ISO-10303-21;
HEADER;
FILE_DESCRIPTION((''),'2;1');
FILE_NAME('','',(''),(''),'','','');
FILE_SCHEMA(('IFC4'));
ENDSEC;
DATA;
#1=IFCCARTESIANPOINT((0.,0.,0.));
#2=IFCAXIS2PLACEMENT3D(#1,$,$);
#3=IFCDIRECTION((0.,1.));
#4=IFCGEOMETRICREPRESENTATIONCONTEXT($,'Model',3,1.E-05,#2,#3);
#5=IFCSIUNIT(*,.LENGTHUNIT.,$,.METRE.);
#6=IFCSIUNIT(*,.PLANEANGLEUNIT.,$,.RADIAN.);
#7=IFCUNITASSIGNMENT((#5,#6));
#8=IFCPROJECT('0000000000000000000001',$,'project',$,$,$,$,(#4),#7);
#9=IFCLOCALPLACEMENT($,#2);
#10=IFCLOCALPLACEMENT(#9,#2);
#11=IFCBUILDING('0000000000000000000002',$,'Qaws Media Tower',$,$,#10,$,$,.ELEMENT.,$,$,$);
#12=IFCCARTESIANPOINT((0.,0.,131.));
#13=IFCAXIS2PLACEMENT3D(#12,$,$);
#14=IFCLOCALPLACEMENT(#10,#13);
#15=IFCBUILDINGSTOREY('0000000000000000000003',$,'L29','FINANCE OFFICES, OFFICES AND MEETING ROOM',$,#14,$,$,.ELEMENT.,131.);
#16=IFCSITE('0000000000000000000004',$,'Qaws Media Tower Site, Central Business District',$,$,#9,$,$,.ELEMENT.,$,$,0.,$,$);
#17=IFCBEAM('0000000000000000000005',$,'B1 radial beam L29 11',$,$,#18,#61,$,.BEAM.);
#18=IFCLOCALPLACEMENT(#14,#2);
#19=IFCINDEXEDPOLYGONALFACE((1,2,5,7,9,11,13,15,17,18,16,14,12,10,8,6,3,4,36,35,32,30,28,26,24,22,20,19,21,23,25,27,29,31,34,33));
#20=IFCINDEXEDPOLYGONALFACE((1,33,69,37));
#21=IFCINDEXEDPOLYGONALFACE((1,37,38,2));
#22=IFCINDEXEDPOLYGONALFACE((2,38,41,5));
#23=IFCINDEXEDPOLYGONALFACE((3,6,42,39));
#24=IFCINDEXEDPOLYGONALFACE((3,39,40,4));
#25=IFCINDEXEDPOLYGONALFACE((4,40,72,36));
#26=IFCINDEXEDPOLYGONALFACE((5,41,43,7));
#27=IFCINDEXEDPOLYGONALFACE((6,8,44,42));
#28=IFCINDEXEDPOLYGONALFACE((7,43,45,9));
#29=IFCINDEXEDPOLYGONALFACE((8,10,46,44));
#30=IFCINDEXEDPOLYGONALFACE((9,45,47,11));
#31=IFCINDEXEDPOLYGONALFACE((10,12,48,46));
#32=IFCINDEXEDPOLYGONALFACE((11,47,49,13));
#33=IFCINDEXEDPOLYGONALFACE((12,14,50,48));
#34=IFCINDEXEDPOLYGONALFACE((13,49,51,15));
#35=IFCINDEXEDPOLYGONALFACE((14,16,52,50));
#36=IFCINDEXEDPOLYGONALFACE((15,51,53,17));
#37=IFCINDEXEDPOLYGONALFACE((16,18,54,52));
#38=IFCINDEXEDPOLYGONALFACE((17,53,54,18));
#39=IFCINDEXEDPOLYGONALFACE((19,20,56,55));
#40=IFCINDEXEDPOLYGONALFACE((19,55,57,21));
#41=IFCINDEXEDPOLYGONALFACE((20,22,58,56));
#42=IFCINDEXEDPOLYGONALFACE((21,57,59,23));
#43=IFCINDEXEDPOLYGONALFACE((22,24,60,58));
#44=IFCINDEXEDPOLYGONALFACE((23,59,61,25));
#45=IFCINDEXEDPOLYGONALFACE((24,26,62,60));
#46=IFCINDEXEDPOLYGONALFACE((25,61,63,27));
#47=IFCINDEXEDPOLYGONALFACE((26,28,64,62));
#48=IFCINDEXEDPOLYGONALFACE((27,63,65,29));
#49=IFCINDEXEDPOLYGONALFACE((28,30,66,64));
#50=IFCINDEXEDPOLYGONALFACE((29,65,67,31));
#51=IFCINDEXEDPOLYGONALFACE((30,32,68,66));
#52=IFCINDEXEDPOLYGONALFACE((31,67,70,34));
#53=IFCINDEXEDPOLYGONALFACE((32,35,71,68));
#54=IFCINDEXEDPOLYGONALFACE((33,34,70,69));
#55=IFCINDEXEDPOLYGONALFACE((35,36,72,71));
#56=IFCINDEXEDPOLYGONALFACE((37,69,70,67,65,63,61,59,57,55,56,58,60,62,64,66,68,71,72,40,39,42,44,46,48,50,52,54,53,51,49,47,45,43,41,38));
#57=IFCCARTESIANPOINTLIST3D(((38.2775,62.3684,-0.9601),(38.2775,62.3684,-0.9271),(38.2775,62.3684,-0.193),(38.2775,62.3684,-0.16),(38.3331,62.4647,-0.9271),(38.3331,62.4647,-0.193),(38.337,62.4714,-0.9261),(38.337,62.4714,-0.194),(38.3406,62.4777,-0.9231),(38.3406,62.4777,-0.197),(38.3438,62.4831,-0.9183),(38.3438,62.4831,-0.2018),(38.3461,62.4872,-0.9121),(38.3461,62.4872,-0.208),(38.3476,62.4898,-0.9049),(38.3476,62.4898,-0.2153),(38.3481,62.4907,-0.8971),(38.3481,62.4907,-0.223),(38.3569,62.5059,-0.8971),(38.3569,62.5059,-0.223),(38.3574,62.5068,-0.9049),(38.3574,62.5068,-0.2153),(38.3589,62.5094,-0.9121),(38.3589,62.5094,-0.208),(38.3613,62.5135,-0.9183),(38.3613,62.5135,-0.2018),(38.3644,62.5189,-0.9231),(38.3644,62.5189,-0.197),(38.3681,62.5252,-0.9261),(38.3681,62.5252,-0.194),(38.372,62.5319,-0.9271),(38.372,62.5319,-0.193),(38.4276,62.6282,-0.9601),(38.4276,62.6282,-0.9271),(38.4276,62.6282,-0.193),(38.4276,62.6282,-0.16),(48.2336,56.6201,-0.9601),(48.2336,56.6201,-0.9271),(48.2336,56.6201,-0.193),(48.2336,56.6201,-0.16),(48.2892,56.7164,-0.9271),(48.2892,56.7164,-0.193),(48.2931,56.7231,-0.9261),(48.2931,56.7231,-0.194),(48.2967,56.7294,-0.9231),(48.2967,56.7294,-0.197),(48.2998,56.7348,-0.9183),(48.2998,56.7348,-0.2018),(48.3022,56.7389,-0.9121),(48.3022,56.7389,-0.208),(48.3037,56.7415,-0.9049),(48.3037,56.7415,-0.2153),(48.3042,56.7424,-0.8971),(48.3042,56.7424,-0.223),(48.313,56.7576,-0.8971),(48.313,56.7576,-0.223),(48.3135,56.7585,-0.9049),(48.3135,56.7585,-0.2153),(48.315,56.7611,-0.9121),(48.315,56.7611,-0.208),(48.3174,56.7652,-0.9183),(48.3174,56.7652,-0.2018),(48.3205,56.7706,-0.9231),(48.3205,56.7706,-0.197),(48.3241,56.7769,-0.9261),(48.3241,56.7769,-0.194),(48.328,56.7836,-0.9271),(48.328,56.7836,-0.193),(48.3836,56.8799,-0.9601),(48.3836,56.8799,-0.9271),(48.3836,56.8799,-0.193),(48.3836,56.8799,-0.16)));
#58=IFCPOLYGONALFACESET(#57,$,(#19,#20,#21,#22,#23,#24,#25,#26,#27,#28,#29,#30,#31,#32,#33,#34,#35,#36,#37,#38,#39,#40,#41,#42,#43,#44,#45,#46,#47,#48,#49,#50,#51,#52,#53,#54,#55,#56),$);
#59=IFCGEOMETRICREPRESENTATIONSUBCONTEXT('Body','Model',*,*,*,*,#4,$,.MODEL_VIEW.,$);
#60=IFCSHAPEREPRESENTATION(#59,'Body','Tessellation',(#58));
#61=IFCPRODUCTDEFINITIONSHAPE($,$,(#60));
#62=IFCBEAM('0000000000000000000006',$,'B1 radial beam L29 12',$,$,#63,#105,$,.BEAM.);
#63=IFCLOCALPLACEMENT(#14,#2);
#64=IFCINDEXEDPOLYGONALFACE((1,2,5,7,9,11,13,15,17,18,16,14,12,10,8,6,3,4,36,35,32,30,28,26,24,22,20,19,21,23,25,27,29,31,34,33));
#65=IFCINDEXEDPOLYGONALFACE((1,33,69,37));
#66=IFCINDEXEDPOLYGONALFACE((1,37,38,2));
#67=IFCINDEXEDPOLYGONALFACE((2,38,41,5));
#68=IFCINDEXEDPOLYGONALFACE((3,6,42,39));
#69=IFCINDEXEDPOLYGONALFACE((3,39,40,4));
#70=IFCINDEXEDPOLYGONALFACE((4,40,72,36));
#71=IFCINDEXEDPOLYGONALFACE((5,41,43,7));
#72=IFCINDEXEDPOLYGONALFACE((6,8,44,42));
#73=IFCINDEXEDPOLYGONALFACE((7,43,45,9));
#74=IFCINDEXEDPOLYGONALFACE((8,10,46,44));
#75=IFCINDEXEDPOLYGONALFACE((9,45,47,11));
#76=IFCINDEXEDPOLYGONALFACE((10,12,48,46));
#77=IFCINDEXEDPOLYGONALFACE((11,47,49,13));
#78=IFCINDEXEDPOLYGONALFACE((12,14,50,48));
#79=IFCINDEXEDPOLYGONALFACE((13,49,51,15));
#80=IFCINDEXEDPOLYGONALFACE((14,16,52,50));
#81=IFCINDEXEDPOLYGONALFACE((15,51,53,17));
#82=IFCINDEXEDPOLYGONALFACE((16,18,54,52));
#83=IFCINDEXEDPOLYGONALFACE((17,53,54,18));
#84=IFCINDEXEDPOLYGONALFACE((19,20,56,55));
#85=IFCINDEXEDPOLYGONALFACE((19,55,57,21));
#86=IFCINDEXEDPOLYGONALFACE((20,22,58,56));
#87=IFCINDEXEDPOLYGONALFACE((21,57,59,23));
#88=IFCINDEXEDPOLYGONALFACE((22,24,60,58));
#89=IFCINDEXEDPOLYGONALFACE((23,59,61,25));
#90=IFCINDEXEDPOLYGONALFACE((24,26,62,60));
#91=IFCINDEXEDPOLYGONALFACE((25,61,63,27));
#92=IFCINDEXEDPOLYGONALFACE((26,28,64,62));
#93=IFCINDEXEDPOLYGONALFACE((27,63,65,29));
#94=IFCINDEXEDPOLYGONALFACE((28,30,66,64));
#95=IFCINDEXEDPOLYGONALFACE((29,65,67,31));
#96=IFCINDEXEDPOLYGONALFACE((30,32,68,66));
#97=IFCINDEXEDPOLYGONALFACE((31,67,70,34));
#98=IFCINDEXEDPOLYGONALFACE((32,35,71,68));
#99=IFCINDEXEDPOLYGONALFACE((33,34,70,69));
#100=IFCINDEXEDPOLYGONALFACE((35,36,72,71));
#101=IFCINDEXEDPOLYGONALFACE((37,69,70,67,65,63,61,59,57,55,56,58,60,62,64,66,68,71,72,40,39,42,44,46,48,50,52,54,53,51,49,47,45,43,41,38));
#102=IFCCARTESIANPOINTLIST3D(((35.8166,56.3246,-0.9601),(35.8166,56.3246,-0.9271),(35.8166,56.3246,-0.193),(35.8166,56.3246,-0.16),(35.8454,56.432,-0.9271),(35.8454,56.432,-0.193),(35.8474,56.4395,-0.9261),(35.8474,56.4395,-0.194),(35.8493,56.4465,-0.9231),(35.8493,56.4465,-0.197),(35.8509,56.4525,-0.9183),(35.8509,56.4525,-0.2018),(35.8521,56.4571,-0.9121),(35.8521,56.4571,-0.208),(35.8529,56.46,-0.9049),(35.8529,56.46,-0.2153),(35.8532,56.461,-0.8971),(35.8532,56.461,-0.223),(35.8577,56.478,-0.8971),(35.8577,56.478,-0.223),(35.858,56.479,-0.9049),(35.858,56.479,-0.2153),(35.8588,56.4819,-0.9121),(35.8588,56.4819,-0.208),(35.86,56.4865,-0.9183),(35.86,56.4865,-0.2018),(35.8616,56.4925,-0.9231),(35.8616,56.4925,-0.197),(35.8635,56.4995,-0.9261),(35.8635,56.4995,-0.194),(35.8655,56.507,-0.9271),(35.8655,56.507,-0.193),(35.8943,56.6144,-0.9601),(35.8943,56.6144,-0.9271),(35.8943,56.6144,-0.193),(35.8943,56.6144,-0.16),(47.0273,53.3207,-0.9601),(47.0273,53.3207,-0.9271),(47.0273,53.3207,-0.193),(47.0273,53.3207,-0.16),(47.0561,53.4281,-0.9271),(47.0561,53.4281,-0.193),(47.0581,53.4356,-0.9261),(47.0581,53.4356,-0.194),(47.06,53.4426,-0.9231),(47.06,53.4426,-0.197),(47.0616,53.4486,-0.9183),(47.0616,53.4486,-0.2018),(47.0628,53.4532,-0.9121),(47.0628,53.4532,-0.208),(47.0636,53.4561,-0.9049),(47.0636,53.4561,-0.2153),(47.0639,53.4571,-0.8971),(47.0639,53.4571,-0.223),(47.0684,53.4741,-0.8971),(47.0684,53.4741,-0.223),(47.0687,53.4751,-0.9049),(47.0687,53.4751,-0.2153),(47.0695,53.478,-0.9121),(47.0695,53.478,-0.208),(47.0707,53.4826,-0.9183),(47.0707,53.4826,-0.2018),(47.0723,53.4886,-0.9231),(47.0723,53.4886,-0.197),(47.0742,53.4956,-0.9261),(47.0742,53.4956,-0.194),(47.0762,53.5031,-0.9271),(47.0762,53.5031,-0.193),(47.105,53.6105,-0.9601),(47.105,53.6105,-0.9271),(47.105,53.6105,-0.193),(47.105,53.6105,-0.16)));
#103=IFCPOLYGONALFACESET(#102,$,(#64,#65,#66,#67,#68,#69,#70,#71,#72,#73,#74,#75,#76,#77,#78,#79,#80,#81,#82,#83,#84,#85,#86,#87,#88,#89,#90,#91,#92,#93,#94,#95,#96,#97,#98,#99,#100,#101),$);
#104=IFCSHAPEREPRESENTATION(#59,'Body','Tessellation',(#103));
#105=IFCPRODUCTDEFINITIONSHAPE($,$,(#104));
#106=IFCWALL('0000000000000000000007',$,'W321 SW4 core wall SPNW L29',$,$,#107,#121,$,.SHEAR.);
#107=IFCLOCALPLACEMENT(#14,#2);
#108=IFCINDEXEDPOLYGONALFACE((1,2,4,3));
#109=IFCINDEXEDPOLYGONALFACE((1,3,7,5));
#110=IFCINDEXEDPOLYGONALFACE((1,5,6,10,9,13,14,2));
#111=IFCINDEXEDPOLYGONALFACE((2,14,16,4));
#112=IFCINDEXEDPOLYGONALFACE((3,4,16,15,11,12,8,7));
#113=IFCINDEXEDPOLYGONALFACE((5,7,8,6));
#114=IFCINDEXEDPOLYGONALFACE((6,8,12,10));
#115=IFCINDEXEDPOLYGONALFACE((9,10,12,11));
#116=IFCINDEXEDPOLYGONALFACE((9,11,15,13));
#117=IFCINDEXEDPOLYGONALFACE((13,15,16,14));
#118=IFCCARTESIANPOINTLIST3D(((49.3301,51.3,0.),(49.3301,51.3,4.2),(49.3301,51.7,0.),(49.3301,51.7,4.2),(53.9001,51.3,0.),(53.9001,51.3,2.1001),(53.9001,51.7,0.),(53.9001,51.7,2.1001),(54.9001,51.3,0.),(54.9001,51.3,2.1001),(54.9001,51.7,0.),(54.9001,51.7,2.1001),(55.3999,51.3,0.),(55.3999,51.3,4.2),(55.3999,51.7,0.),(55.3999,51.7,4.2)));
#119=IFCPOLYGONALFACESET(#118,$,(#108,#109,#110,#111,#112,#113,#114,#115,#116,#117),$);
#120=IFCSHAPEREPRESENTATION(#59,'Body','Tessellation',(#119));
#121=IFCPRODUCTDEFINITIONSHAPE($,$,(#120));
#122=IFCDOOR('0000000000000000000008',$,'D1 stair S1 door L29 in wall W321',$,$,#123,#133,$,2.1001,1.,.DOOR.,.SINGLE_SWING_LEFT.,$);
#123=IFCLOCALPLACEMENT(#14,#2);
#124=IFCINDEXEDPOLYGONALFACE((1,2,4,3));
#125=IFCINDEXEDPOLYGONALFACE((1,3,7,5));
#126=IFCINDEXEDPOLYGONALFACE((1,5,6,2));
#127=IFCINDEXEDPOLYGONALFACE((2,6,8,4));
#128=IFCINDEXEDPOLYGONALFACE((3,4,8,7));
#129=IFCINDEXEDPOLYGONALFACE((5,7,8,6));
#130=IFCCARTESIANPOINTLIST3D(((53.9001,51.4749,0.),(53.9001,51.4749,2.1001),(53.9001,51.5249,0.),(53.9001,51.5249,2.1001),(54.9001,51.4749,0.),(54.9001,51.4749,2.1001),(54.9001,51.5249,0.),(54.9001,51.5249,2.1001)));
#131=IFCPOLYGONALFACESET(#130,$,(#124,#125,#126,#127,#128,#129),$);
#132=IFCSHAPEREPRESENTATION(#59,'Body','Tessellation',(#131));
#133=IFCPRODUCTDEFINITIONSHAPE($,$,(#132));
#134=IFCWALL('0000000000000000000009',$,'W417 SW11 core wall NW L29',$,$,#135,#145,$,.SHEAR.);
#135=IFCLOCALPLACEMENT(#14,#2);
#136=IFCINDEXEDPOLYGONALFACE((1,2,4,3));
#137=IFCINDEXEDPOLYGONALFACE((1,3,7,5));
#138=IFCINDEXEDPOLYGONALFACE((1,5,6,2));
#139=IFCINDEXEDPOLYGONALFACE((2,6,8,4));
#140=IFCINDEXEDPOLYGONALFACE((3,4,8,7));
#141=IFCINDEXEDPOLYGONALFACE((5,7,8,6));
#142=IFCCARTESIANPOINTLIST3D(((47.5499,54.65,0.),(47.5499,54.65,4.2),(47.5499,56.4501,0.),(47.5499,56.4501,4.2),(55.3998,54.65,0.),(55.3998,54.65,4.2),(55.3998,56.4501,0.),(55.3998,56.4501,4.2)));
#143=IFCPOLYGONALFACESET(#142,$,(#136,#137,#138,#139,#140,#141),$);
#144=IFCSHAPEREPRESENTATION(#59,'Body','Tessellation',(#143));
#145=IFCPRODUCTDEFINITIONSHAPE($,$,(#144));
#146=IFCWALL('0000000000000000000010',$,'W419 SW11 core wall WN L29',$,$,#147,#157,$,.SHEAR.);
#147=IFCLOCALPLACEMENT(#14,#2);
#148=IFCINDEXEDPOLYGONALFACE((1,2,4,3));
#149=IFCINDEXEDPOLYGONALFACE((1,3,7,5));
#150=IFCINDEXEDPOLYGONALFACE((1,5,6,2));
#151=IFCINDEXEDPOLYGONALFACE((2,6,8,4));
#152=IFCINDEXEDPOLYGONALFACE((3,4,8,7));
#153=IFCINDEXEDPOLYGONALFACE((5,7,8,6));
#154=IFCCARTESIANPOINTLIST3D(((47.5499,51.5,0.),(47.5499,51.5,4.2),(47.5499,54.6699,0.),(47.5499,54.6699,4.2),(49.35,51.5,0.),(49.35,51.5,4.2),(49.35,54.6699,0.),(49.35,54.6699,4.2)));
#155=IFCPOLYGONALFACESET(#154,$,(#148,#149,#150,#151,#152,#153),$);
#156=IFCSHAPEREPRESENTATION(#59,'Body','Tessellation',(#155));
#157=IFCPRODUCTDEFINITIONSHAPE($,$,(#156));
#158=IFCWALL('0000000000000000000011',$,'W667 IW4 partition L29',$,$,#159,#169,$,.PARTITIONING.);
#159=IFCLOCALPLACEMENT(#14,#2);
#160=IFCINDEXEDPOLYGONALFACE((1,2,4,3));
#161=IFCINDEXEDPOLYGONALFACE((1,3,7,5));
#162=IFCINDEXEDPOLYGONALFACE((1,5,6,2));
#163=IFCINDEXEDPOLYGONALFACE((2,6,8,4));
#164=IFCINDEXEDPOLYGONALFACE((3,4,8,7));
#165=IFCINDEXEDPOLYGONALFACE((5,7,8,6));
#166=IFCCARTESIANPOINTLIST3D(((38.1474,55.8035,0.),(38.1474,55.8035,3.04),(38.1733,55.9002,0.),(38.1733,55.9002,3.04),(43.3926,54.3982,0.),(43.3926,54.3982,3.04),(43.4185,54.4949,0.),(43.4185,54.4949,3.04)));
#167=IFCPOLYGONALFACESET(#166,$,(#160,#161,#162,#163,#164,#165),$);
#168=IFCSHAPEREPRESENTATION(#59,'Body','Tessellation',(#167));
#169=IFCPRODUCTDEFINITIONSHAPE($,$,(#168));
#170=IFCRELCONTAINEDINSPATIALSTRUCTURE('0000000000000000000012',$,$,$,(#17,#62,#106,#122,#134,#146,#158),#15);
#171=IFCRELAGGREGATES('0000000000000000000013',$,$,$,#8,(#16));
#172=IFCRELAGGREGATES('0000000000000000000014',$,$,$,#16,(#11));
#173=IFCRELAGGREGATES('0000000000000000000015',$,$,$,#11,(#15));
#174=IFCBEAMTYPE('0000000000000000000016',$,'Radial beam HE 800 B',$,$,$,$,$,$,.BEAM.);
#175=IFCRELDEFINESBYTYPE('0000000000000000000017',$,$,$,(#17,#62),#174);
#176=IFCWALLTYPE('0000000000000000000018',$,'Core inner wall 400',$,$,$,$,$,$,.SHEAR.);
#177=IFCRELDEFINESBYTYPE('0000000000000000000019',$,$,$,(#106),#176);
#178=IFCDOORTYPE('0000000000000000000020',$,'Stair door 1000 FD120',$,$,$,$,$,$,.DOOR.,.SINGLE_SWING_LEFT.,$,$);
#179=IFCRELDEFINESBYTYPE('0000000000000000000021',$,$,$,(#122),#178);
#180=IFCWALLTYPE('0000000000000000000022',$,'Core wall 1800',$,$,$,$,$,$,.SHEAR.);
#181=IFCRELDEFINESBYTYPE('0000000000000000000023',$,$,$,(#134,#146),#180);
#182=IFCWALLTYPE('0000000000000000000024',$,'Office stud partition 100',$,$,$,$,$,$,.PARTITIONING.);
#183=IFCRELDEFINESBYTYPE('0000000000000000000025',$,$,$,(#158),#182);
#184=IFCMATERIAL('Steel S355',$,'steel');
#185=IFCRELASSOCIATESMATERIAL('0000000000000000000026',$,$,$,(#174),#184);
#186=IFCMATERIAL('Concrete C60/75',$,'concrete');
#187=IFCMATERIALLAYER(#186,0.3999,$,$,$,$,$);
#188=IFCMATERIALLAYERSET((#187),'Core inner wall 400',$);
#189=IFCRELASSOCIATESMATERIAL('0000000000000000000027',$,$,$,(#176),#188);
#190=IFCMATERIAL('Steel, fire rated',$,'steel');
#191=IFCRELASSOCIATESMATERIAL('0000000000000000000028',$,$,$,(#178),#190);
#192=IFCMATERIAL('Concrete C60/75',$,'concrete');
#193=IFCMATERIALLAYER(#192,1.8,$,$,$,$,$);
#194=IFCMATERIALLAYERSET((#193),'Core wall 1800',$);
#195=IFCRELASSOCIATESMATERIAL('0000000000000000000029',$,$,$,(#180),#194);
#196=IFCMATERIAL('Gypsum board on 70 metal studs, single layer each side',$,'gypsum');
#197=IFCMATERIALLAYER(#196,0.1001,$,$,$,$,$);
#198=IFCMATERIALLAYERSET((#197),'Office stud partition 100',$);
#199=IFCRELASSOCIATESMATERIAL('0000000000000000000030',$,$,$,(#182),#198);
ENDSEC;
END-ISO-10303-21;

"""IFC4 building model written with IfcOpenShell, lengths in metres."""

from ifc_helpers import new_model, si_unit, direction, frame, frame_2d, origin, origin_2d, place, context, subcontext, project, spatial, rectangle, i_section, extrude, material, layer, layer_set, material_profile, profile_set, type_object, element, fill, save


model = new_model("IFC4")

# Units and contexts
model_context = context("Model", 3, precision=1e-05, world=origin(), true_north=direction((0.0, 1.0)))
body_context = subcontext(model_context, "Body", "Model", "MODEL_VIEW")
ifc_project = project(units=[si_unit("LENGTHUNIT", "METRE"), si_unit("PLANEANGLEUNIT", "RADIAN")], contexts=[model_context])

# Site, building, storey
site_placement = place(None, origin())
site = spatial("IfcSite", under=ifc_project, at=site_placement, Name="Qaws Media Tower Site, Central Business District", CompositionType="ELEMENT", RefElevation=0.0)
building_placement = place(site_placement, origin())
building = spatial("IfcBuilding", under=site, at=building_placement, Name="Qaws Media Tower", CompositionType="ELEMENT")
storey_placement = place(building_placement, frame((0.0, 0.0, 131.0)))
storey = spatial("IfcBuildingStorey", under=building, at=storey_placement, Name="L29", Description="FINANCE OFFICES, OFFICES AND MEETING ROOM", CompositionType="ELEMENT", Elevation=131.0)

# Beams
ifc_material_1 = material(Name="Steel S355", Category="steel")
ifc_material_profile_1 = material_profile(ifc_material_1, i_section(OverallWidth=0.3, OverallDepth=0.8, WebThickness=0.0176, FlangeThickness=0.033, FilletRadius=0.03, at=origin_2d()), Name="HE 800 B")
ifc_profile_set_1 = profile_set([ifc_material_profile_1], Name="Steel S355")
beam_type_1 = type_object("IfcBeamType", Name="Radial beam HE 800 B", PredefinedType="BEAM", material=ifc_profile_set_1)
beam_1_placement = place(storey_placement, frame((48.3086, 56.75, -0.5601), z_axis=(-0.866019, 0.50001, 0.0), x_axis=(-0.50001, -0.866019, 0.0)))
element("IfcBeam", 1, at=beam_1_placement, inside=storey, type_object=beam_type_1, Name="B1 radial beam L29 11", PredefinedType="BEAM", context=body_context, shape_type="SweptSolid", body=[
    extrude(i_section(OverallWidth=0.3, OverallDepth=0.8, WebThickness=0.0176, FlangeThickness=0.033, FilletRadius=0.03, at=origin_2d()), origin(), (0.0, 0.0, 1.0), 11.4963),
])
beam_2_placement = place(storey_placement, frame((47.0662, 53.4656, -0.5601), z_axis=(-0.965926, 0.25882, 0.0), x_axis=(-0.25882, -0.965926, 0.0)))
element("IfcBeam", 2, at=beam_2_placement, inside=storey, type_object=beam_type_1, Name="B1 radial beam L29 12", PredefinedType="BEAM", context=body_context, shape_type="SweptSolid", body=[
    extrude(i_section(OverallWidth=0.3, OverallDepth=0.8, WebThickness=0.0176, FlangeThickness=0.033, FilletRadius=0.03, at=origin_2d()), origin(), (0.0, 0.0, 1.0), 11.6062),
])

# Wall, opening, door
ifc_material_2 = material(Name="Concrete C60/75", Category="concrete")
ifc_layer_1 = layer(ifc_material_2, 0.3999)
ifc_layer_set_1 = layer_set([ifc_layer_1], Name="Core inner wall 400")
wall_type_1 = type_object("IfcWallType", Name="Core inner wall 400", PredefinedType="SHEAR", material=ifc_layer_set_1)
wall_1_placement = place(storey_placement, frame((49.3301, 51.5, 0.0), z_axis=(0.0, 0.0, 1.0), x_axis=(1.0, 0.0, 0.0)))
wall_1 = element("IfcWall", 3, at=wall_1_placement, inside=storey, type_object=wall_type_1, Name="W321 SW4 core wall SPNW L29", PredefinedType="SHEAR", context=body_context, shape_type="SweptSolid", body=[
    extrude(rectangle(XDim=6.0698, YDim=0.3999, at=frame_2d((3.0349, 0.0))), origin(), (0.0, 0.0, 1.0), 4.2),
])
opening_1_placement = place(wall_1_placement, frame((4.5701, 0.0, 0.0)))
opening_1 = element("IfcOpeningElement", 4, at=opening_1_placement, cuts=wall_1, PredefinedType="OPENING", context=body_context, shape_type="SweptSolid", body=[
    extrude(rectangle(XDim=1.0, YDim=2.1001, at=frame_2d((0.5, 1.05))), frame((0.0, 0.21, 0.0), z_axis=(0.0, -1.0, 0.0), x_axis=(1.0, 0.0, 0.0)), (0.0, 0.0, 1.0), 0.4199),
])
ifc_material_3 = material(Name="Steel, fire rated", Category="steel")
door_type_1 = type_object("IfcDoorType", Name="Stair door 1000 FD120", OperationType="SINGLE_SWING_LEFT", PredefinedType="DOOR", material=ifc_material_3)
door_1_placement = place(opening_1_placement, origin())
door_1 = element("IfcDoor", 5, at=door_1_placement, inside=storey, type_object=door_type_1, Name="D1 stair S1 door L29 in wall W321", OperationType="SINGLE_SWING_LEFT", OverallHeight=2.1001, OverallWidth=1.0, PredefinedType="DOOR", context=body_context, shape_type="SweptSolid", body=[
    extrude(rectangle(XDim=1.0, YDim=2.1001, at=frame_2d((0.5, 1.05))), frame((0.0, 0.0249, 0.0), z_axis=(0.0, -1.0, 0.0), x_axis=(1.0, 0.0, 0.0)), (0.0, 0.0, 1.0), 0.05),
])
fill(opening_1, door_1)

# Walls
ifc_material_4 = material(Name="Concrete C60/75", Category="concrete")
ifc_layer_2 = layer(ifc_material_4, 1.8)
ifc_layer_set_2 = layer_set([ifc_layer_2], Name="Core wall 1800")
wall_type_2 = type_object("IfcWallType", Name="Core wall 1800", PredefinedType="SHEAR", material=ifc_layer_set_2)
wall_2_placement = place(storey_placement, frame((47.55, 55.55, 0.0), z_axis=(0.0, 0.0, 1.0), x_axis=(1.0, 0.0, 0.0)))
element("IfcWall", 6, at=wall_2_placement, inside=storey, type_object=wall_type_2, Name="W417 SW11 core wall NW L29", PredefinedType="SHEAR", context=body_context, shape_type="SweptSolid", body=[
    extrude(rectangle(XDim=7.8499, YDim=1.8, at=frame_2d((3.9248, 0.0))), origin(), (0.0, 0.0, 1.0), 4.2),
])
wall_3_placement = place(storey_placement, frame((48.45, 51.5, 0.0), z_axis=(0.0, 0.0, 1.0), x_axis=(0.0, 1.0, 0.0)))
element("IfcWall", 7, at=wall_3_placement, inside=storey, type_object=wall_type_2, Name="W419 SW11 core wall WN L29", PredefinedType="SHEAR", context=body_context, shape_type="SweptSolid", body=[
    extrude(rectangle(XDim=3.1699, YDim=1.8, at=frame_2d((1.585, 0.0))), origin(), (0.0, 0.0, 1.0), 4.2),
])
ifc_material_5 = material(Name="Gypsum board on 70 metal studs, single layer each side", Category="gypsum")
ifc_layer_3 = layer(ifc_material_5, 0.1001)
ifc_layer_set_3 = layer_set([ifc_layer_3], Name="Office stud partition 100")
wall_type_3 = type_object("IfcWallType", Name="Office stud partition 100", PredefinedType="PARTITIONING", material=ifc_layer_set_3)
wall_4_placement = place(storey_placement, frame((43.4055, 54.4465, 0.0), z_axis=(0.0, 0.0, 1.0), x_axis=(-0.965933, 0.258793, 0.0)))
element("IfcWall", 8, at=wall_4_placement, inside=storey, type_object=wall_type_3, Name="W667 IW4 partition L29", PredefinedType="PARTITIONING", context=body_context, shape_type="SweptSolid", body=[
    extrude(rectangle(XDim=5.4302, YDim=0.1001, at=frame_2d((2.7151, 0.0))), origin(), (0.0, 0.0, 1.0), 3.04),
])

save(model, "model.ifc")
